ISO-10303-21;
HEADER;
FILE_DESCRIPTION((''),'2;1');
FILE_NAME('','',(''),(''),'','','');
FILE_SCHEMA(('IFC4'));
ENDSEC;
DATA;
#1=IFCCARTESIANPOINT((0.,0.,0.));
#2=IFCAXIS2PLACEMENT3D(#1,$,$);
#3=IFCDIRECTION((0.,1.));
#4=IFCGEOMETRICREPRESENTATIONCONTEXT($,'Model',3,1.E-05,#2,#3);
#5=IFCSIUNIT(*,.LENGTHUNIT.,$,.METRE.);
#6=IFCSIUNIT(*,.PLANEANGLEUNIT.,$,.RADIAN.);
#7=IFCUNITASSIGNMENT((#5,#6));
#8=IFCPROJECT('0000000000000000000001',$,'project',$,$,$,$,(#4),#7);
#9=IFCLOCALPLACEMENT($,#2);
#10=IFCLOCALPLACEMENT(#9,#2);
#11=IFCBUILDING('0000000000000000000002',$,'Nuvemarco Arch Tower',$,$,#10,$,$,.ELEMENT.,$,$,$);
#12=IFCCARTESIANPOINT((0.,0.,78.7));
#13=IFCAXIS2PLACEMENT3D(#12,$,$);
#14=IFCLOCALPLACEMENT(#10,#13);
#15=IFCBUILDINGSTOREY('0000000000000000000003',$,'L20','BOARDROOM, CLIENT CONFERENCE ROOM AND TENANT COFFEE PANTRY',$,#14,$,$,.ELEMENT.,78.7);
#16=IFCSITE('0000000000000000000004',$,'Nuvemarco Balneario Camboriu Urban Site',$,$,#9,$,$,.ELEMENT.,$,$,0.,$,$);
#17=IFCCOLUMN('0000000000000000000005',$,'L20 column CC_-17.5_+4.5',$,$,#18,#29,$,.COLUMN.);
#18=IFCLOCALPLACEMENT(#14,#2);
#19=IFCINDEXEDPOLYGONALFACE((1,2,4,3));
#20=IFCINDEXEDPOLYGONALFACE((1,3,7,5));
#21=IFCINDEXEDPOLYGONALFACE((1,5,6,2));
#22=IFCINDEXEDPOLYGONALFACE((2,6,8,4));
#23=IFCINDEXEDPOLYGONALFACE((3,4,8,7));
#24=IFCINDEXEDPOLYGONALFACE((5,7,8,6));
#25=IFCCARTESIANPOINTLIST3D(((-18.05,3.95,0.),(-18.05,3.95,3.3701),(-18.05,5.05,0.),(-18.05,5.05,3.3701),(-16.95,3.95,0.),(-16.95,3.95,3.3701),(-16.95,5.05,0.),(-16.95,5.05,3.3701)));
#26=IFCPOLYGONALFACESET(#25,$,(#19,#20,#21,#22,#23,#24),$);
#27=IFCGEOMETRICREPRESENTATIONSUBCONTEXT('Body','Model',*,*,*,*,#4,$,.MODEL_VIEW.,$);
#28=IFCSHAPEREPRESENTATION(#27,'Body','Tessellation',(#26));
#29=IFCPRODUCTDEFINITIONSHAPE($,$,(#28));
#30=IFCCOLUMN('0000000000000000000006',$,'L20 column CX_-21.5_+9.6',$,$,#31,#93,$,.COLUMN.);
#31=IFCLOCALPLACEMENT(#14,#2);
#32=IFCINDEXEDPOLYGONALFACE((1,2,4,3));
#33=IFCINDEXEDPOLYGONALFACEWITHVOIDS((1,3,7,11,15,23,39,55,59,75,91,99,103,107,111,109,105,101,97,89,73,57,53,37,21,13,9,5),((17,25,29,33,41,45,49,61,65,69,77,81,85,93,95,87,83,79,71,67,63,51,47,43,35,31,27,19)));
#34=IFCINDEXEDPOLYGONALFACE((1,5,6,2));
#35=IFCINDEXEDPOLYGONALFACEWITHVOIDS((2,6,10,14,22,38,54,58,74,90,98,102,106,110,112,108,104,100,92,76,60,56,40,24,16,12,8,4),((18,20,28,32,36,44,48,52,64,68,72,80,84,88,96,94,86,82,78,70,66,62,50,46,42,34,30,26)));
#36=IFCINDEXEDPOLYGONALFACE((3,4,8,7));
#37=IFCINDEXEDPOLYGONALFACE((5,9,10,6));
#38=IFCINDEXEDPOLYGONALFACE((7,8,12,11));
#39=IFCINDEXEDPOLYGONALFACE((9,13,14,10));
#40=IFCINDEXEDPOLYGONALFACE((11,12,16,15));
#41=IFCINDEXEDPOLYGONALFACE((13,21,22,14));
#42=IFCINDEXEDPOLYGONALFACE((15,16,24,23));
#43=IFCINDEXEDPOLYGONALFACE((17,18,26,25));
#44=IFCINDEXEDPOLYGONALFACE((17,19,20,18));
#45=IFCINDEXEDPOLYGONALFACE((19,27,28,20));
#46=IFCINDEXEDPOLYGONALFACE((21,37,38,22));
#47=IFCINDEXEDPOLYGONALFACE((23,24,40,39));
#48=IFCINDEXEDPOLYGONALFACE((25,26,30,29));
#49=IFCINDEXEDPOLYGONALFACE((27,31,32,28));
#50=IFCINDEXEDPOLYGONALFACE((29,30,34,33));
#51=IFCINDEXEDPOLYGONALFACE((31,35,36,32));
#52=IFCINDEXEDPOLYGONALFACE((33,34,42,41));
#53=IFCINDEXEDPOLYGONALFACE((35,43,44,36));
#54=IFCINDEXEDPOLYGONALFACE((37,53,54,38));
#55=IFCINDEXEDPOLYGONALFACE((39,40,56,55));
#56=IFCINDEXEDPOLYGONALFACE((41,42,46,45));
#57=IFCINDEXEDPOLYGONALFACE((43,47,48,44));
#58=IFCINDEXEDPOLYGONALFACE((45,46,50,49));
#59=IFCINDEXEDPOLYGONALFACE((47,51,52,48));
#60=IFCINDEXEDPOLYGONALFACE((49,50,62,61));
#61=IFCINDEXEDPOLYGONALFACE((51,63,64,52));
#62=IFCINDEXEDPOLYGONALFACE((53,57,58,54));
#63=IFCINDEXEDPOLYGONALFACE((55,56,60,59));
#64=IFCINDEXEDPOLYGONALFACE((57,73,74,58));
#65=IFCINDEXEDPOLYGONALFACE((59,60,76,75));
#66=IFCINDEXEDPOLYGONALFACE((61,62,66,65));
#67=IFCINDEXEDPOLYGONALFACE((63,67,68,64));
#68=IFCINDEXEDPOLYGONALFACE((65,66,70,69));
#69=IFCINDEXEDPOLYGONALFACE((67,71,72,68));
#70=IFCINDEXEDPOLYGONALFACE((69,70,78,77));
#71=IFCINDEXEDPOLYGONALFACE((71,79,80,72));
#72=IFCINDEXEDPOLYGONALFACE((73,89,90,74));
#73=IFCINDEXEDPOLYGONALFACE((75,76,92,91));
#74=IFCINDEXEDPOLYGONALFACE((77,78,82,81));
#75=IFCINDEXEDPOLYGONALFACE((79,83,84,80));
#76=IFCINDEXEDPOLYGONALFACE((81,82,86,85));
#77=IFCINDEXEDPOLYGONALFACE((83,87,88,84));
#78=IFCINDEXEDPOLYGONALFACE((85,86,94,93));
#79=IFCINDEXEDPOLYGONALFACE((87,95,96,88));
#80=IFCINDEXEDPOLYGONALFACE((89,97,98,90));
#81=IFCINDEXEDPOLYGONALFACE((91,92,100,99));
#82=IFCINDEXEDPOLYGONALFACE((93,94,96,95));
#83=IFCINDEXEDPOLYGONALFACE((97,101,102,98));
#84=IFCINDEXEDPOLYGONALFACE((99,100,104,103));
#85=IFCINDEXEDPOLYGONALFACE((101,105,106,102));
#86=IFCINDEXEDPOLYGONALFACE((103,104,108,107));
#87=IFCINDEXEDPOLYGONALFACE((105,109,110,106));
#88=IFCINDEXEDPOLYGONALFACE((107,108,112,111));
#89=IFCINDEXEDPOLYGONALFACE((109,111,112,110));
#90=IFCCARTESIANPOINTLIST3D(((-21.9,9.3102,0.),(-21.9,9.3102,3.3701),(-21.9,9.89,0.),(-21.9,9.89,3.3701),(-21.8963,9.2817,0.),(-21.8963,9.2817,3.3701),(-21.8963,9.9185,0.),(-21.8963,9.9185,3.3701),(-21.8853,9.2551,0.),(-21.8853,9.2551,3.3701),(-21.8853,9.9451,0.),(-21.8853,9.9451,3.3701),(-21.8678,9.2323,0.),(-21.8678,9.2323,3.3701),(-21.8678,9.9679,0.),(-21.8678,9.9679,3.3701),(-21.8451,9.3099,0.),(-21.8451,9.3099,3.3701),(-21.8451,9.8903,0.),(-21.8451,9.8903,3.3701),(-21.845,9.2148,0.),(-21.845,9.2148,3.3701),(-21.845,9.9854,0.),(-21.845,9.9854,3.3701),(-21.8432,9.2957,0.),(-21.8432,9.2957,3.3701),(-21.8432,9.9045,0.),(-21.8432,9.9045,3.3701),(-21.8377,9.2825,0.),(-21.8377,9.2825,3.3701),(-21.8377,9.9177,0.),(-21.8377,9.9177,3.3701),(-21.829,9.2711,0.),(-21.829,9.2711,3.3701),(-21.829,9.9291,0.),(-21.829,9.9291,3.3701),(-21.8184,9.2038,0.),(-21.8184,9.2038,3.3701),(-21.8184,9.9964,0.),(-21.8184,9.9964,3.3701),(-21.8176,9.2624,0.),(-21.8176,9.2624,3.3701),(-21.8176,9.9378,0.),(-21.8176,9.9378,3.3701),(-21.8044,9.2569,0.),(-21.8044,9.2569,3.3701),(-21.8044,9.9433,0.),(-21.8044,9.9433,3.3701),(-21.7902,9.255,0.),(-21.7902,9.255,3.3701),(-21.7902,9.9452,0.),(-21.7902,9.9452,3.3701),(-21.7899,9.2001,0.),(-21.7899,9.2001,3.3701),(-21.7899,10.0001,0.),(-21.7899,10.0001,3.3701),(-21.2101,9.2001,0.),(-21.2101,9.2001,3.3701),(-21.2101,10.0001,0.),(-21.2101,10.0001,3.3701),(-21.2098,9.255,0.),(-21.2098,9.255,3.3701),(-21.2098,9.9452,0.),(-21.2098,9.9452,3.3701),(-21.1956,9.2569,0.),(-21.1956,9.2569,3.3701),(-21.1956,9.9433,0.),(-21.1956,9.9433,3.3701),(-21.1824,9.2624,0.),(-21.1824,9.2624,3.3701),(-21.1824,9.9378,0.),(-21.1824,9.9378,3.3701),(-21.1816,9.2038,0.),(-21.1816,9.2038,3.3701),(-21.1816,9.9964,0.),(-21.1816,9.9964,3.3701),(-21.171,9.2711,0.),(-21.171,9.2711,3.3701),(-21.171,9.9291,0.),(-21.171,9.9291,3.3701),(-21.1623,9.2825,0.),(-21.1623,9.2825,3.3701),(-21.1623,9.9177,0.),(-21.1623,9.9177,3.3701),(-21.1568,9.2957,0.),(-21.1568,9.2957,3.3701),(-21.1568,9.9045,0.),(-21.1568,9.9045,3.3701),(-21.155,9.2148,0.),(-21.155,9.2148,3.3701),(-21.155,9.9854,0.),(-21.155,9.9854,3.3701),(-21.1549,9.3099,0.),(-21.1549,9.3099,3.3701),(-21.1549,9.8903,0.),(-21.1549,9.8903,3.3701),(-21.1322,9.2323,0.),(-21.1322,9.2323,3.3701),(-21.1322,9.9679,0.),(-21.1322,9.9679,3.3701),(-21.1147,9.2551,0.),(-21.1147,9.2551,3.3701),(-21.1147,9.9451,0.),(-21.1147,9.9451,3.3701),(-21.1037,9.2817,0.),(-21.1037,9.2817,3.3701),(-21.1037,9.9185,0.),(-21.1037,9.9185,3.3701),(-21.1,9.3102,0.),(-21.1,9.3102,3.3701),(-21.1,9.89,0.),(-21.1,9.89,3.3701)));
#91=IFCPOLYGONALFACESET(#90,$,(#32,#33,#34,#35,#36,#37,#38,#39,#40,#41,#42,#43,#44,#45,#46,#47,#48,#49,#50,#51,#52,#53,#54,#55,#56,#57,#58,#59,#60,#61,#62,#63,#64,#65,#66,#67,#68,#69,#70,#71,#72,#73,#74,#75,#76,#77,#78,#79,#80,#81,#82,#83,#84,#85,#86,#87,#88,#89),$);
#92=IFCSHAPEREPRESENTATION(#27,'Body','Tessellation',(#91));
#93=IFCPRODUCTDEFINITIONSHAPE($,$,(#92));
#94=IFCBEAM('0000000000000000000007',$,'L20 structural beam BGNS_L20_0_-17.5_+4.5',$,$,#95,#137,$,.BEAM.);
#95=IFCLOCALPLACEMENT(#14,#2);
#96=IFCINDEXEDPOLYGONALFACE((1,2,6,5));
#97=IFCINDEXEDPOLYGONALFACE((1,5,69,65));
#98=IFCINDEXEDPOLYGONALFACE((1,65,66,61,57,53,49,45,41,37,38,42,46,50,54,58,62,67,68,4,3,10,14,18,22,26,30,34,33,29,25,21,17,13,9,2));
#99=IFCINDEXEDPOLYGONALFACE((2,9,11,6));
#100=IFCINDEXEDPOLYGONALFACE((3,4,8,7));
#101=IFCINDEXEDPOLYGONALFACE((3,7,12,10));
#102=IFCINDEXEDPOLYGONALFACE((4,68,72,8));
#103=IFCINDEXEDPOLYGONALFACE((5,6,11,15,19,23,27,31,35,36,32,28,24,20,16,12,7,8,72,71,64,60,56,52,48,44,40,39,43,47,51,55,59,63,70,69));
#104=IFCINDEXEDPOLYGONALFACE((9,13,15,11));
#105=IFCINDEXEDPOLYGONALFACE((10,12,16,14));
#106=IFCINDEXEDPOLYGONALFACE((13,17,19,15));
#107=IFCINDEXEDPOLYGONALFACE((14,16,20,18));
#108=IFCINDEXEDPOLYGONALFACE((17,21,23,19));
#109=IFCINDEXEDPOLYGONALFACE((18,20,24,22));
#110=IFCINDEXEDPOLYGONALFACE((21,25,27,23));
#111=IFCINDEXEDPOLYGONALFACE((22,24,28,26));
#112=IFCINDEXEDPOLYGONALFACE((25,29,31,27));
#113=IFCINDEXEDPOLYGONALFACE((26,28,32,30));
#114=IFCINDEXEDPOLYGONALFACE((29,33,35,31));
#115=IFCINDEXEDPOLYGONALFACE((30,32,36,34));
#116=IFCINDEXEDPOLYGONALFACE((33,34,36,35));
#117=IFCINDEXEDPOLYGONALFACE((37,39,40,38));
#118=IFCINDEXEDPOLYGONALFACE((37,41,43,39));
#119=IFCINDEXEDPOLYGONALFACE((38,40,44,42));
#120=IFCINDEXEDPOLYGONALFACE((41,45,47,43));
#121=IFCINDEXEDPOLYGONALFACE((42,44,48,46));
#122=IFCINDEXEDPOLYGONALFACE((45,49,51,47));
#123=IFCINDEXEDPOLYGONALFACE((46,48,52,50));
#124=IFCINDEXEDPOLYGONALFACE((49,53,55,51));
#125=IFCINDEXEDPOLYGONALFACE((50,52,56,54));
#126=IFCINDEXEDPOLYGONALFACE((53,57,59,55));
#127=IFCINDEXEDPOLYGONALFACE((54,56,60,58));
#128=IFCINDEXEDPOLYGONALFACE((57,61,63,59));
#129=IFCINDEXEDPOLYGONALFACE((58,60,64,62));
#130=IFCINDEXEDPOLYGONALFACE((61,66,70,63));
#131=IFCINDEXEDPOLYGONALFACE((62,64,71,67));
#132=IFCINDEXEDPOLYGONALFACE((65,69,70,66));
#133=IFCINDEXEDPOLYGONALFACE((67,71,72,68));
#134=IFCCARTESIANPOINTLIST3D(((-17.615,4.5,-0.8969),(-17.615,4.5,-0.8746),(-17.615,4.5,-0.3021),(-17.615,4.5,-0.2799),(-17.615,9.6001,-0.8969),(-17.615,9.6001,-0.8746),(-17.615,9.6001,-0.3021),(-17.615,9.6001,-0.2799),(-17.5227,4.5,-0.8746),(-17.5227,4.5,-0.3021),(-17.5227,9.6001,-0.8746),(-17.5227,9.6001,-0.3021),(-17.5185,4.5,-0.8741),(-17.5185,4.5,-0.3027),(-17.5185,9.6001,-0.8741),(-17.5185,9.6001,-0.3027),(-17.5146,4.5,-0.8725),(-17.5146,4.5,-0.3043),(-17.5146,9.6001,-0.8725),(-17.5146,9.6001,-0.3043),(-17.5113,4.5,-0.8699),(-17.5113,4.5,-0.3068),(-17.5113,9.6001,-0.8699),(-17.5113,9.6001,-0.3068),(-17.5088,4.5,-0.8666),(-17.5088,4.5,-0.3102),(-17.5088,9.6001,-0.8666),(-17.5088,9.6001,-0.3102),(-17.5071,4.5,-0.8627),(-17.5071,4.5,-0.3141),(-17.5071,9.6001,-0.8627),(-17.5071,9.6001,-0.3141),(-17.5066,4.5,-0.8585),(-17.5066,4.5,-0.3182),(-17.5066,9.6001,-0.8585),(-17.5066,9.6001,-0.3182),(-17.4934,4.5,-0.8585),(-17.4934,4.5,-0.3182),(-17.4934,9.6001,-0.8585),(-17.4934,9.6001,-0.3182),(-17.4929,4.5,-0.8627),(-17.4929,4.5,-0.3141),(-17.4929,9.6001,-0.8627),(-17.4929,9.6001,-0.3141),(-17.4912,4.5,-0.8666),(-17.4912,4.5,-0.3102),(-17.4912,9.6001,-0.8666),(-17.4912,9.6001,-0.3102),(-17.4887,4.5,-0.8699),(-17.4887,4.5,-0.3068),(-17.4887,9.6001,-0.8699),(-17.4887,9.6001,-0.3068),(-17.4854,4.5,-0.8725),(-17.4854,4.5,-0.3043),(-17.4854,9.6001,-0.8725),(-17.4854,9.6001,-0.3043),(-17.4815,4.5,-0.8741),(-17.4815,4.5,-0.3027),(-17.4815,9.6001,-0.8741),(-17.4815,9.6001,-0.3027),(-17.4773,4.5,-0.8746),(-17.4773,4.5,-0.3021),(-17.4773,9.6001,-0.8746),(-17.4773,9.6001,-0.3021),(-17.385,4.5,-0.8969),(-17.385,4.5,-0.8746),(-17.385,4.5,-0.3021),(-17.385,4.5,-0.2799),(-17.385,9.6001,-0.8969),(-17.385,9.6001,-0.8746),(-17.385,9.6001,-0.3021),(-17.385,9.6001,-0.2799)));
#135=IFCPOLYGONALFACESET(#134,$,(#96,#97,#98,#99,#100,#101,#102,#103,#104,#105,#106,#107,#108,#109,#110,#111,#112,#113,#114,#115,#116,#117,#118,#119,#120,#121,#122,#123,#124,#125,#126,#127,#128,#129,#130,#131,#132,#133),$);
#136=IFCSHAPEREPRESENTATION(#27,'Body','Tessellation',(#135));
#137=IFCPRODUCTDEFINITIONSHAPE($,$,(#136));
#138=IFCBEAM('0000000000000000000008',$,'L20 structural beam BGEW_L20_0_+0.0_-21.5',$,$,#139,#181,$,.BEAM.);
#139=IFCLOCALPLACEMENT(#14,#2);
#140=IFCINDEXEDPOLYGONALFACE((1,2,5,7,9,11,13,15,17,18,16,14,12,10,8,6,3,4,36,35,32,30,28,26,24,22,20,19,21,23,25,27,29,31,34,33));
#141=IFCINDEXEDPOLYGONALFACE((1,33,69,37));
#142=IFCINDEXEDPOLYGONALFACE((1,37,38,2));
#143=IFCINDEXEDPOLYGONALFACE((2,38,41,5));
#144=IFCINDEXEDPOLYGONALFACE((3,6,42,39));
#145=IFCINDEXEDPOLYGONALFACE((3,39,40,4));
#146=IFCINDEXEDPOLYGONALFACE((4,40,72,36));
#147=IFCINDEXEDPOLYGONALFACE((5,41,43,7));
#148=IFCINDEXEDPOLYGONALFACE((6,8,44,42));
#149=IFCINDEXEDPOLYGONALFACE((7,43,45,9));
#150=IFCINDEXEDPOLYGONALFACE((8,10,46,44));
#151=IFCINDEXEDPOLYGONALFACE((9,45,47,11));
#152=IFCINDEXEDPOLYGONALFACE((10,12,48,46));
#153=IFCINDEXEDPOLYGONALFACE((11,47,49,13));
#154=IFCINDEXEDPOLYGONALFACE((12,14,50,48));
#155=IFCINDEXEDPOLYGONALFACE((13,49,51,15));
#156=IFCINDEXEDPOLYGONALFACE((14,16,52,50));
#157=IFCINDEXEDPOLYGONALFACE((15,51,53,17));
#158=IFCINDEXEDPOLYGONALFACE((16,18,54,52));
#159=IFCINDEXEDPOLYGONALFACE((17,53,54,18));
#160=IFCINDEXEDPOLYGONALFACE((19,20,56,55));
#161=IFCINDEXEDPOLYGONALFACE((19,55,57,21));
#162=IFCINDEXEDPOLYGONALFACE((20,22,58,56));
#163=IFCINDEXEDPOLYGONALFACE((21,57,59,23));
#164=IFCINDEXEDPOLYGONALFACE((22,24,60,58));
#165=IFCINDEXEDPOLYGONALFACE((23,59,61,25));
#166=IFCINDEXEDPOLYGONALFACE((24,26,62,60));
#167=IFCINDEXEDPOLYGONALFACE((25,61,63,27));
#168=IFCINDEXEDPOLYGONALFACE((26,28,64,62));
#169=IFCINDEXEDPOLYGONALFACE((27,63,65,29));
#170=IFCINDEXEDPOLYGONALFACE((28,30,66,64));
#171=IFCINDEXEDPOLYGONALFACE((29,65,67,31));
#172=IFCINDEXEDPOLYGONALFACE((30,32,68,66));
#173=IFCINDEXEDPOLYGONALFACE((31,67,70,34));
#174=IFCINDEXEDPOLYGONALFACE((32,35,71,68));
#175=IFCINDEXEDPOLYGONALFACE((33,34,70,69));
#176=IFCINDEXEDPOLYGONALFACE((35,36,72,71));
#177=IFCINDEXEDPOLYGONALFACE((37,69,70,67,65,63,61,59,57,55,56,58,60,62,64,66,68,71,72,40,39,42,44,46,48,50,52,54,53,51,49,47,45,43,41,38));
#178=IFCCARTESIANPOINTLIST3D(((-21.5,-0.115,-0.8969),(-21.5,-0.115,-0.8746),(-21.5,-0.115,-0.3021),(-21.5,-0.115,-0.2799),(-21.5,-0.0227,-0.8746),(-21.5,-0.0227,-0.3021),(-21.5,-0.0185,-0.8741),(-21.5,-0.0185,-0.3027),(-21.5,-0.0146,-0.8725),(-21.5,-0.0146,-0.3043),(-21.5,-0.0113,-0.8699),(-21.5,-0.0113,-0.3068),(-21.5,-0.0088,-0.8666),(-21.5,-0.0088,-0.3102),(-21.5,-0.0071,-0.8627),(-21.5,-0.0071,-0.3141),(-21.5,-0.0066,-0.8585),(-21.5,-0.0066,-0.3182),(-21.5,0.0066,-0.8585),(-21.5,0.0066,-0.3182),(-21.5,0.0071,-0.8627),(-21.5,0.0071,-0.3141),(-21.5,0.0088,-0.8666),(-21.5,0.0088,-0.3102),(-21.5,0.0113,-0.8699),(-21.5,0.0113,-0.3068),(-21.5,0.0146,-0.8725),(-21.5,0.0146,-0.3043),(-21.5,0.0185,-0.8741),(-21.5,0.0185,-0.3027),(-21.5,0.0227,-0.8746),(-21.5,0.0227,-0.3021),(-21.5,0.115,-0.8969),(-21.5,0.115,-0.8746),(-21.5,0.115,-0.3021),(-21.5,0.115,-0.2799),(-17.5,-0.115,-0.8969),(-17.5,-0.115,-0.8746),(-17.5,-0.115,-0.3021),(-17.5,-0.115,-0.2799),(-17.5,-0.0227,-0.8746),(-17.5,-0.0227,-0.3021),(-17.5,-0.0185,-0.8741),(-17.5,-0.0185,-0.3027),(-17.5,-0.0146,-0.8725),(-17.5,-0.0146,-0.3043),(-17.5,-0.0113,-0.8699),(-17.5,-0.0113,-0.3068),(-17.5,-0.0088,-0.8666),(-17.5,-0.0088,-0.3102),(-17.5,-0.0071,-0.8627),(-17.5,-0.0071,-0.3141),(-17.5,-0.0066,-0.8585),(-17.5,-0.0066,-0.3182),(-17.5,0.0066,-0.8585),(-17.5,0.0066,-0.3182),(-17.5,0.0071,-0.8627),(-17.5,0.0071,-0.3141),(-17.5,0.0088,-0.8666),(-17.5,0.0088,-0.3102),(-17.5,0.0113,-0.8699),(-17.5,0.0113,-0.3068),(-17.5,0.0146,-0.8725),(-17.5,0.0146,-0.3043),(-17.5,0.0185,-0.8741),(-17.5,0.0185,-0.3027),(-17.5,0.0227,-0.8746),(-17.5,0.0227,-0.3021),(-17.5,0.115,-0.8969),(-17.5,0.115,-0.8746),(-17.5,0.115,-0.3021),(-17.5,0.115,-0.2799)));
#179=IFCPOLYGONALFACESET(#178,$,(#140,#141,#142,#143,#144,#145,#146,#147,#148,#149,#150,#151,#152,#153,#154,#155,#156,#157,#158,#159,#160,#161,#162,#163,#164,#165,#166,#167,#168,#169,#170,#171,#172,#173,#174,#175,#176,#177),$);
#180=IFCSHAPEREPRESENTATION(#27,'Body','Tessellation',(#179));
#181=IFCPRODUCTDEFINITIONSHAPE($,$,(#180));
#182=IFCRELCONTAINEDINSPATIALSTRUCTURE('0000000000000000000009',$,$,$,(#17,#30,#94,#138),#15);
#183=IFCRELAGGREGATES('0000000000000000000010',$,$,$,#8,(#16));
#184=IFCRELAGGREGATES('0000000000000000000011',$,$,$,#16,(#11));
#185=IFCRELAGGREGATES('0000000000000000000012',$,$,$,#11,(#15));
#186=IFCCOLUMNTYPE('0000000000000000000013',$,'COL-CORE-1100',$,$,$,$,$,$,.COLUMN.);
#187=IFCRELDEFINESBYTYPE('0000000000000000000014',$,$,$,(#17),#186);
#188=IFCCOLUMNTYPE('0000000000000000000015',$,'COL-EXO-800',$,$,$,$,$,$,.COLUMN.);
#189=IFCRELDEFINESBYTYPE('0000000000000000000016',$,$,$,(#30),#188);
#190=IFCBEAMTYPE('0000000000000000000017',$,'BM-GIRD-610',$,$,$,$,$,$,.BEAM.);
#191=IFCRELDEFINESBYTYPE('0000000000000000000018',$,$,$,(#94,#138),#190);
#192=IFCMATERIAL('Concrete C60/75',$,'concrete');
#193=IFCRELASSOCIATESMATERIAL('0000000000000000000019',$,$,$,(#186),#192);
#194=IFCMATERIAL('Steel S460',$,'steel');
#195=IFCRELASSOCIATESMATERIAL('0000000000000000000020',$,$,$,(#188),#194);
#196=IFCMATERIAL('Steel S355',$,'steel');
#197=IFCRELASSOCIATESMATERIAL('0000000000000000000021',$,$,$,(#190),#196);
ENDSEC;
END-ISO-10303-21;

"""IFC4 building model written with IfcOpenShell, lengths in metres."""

from ifc_helpers import new_model, si_unit, direction, frame, origin, origin_2d, place, context, subcontext, project, spatial, rectangle, hollow_rectangle, i_section, extrude, material, material_profile, profile_set, type_object, element, save


model = new_model("IFC4")

# Units and contexts
model_context = context("Model", 3, precision=1e-05, world=origin(), true_north=direction((0.0, 1.0)))
body_context = subcontext(model_context, "Body", "Model", "MODEL_VIEW")
ifc_project = project(units=[si_unit("LENGTHUNIT", "METRE"), si_unit("PLANEANGLEUNIT", "RADIAN")], contexts=[model_context])

# Site, building, storey
site_placement = place(None, origin())
site = spatial("IfcSite", under=ifc_project, at=site_placement, Name="Nuvemarco Balneario Camboriu Urban Site", CompositionType="ELEMENT", RefElevation=0.0)
building_placement = place(site_placement, origin())
building = spatial("IfcBuilding", under=site, at=building_placement, Name="Nuvemarco Arch Tower", CompositionType="ELEMENT")
storey_placement = place(building_placement, frame((0.0, 0.0, 78.7)))
storey = spatial("IfcBuildingStorey", under=building, at=storey_placement, Name="L20", Description="BOARDROOM, CLIENT CONFERENCE ROOM AND TENANT COFFEE PANTRY", CompositionType="ELEMENT", Elevation=78.7)

# Columns
ifc_material_1 = material(Name="Concrete C60/75", Category="concrete")
ifc_material_profile_1 = material_profile(ifc_material_1, rectangle(XDim=1.1001, YDim=1.1001, at=origin_2d()), Name="RC-COL-1100x1100")
ifc_profile_set_1 = profile_set([ifc_material_profile_1], Name="Concrete C60/75")
column_type_1 = type_object("IfcColumnType", Name="COL-CORE-1100", PredefinedType="COLUMN", material=ifc_profile_set_1)
column_1_placement = place(storey_placement, frame((-17.5, 4.5, 0.0), z_axis=(0.0, 0.0, 1.0), x_axis=(1.0, 0.0, 0.0)))
element("IfcColumn", 1, at=column_1_placement, inside=storey, type_object=column_type_1, Name="L20 column CC_-17.5_+4.5", PredefinedType="COLUMN", context=body_context, shape_type="SweptSolid", body=[
    extrude(rectangle(XDim=1.1001, YDim=1.1001, at=origin_2d()), origin(), (0.0, 0.0, 1.0), 3.3701),
])
ifc_material_2 = material(Name="Steel S460", Category="steel")
ifc_material_profile_2 = material_profile(ifc_material_2, hollow_rectangle(XDim=0.8, YDim=0.8, WallThickness=0.0549, InnerFilletRadius=0.0549, OuterFilletRadius=0.1101, at=origin_2d()), Name="SHS800x800x55")
ifc_profile_set_2 = profile_set([ifc_material_profile_2], Name="Steel S460")
column_type_2 = type_object("IfcColumnType", Name="COL-EXO-800", PredefinedType="COLUMN", material=ifc_profile_set_2)
column_2_placement = place(storey_placement, frame((-21.5, 9.6001, 0.0), z_axis=(0.0, 0.0, 1.0), x_axis=(1.0, 0.0, 0.0)))
element("IfcColumn", 2, at=column_2_placement, inside=storey, type_object=column_type_2, Name="L20 column CX_-21.5_+9.6", PredefinedType="COLUMN", context=body_context, shape_type="SweptSolid", body=[
    extrude(hollow_rectangle(XDim=0.8, YDim=0.8, WallThickness=0.0549, InnerFilletRadius=0.0549, OuterFilletRadius=0.1101, at=origin_2d()), origin(), (0.0, 0.0, 1.0), 3.3701),
])

# Beams
ifc_material_3 = material(Name="Steel S355", Category="steel")
ifc_material_profile_3 = material_profile(ifc_material_3, i_section(OverallWidth=0.23, OverallDepth=0.6169, WebThickness=0.0132, FlangeThickness=0.0222, FilletRadius=0.0161, at=origin_2d()), Name="W610x140")
ifc_profile_set_3 = profile_set([ifc_material_profile_3], Name="Steel S355")
beam_type_1 = type_object("IfcBeamType", Name="BM-GIRD-610", PredefinedType="BEAM", material=ifc_profile_set_3)
beam_1_placement = place(storey_placement, frame((-17.5, 4.5, -0.5884), z_axis=(0.0, 1.0, 0.0), x_axis=(-1.0, 0.0, 0.0)))
element("IfcBeam", 3, at=beam_1_placement, inside=storey, type_object=beam_type_1, Name="L20 structural beam BGNS_L20_0_-17.5_+4.5", PredefinedType="BEAM", context=body_context, shape_type="SweptSolid", body=[
    extrude(i_section(OverallWidth=0.23, OverallDepth=0.6169, WebThickness=0.0132, FlangeThickness=0.0222, FilletRadius=0.0161, at=origin_2d()), origin(), (0.0, 0.0, 1.0), 5.1001),
])
beam_2_placement = place(storey_placement, frame((-21.5, 0.0, -0.5884), z_axis=(1.0, 0.0, 0.0), x_axis=(0.0, 1.0, 0.0)))
element("IfcBeam", 4, at=beam_2_placement, inside=storey, type_object=beam_type_1, Name="L20 structural beam BGEW_L20_0_+0.0_-21.5", PredefinedType="BEAM", context=body_context, shape_type="SweptSolid", body=[
    extrude(i_section(OverallWidth=0.23, OverallDepth=0.6169, WebThickness=0.0132, FlangeThickness=0.0222, FilletRadius=0.0161, at=origin_2d()), origin(), (0.0, 0.0, 1.0), 4.0),
])

save(model, "model.ifc")
